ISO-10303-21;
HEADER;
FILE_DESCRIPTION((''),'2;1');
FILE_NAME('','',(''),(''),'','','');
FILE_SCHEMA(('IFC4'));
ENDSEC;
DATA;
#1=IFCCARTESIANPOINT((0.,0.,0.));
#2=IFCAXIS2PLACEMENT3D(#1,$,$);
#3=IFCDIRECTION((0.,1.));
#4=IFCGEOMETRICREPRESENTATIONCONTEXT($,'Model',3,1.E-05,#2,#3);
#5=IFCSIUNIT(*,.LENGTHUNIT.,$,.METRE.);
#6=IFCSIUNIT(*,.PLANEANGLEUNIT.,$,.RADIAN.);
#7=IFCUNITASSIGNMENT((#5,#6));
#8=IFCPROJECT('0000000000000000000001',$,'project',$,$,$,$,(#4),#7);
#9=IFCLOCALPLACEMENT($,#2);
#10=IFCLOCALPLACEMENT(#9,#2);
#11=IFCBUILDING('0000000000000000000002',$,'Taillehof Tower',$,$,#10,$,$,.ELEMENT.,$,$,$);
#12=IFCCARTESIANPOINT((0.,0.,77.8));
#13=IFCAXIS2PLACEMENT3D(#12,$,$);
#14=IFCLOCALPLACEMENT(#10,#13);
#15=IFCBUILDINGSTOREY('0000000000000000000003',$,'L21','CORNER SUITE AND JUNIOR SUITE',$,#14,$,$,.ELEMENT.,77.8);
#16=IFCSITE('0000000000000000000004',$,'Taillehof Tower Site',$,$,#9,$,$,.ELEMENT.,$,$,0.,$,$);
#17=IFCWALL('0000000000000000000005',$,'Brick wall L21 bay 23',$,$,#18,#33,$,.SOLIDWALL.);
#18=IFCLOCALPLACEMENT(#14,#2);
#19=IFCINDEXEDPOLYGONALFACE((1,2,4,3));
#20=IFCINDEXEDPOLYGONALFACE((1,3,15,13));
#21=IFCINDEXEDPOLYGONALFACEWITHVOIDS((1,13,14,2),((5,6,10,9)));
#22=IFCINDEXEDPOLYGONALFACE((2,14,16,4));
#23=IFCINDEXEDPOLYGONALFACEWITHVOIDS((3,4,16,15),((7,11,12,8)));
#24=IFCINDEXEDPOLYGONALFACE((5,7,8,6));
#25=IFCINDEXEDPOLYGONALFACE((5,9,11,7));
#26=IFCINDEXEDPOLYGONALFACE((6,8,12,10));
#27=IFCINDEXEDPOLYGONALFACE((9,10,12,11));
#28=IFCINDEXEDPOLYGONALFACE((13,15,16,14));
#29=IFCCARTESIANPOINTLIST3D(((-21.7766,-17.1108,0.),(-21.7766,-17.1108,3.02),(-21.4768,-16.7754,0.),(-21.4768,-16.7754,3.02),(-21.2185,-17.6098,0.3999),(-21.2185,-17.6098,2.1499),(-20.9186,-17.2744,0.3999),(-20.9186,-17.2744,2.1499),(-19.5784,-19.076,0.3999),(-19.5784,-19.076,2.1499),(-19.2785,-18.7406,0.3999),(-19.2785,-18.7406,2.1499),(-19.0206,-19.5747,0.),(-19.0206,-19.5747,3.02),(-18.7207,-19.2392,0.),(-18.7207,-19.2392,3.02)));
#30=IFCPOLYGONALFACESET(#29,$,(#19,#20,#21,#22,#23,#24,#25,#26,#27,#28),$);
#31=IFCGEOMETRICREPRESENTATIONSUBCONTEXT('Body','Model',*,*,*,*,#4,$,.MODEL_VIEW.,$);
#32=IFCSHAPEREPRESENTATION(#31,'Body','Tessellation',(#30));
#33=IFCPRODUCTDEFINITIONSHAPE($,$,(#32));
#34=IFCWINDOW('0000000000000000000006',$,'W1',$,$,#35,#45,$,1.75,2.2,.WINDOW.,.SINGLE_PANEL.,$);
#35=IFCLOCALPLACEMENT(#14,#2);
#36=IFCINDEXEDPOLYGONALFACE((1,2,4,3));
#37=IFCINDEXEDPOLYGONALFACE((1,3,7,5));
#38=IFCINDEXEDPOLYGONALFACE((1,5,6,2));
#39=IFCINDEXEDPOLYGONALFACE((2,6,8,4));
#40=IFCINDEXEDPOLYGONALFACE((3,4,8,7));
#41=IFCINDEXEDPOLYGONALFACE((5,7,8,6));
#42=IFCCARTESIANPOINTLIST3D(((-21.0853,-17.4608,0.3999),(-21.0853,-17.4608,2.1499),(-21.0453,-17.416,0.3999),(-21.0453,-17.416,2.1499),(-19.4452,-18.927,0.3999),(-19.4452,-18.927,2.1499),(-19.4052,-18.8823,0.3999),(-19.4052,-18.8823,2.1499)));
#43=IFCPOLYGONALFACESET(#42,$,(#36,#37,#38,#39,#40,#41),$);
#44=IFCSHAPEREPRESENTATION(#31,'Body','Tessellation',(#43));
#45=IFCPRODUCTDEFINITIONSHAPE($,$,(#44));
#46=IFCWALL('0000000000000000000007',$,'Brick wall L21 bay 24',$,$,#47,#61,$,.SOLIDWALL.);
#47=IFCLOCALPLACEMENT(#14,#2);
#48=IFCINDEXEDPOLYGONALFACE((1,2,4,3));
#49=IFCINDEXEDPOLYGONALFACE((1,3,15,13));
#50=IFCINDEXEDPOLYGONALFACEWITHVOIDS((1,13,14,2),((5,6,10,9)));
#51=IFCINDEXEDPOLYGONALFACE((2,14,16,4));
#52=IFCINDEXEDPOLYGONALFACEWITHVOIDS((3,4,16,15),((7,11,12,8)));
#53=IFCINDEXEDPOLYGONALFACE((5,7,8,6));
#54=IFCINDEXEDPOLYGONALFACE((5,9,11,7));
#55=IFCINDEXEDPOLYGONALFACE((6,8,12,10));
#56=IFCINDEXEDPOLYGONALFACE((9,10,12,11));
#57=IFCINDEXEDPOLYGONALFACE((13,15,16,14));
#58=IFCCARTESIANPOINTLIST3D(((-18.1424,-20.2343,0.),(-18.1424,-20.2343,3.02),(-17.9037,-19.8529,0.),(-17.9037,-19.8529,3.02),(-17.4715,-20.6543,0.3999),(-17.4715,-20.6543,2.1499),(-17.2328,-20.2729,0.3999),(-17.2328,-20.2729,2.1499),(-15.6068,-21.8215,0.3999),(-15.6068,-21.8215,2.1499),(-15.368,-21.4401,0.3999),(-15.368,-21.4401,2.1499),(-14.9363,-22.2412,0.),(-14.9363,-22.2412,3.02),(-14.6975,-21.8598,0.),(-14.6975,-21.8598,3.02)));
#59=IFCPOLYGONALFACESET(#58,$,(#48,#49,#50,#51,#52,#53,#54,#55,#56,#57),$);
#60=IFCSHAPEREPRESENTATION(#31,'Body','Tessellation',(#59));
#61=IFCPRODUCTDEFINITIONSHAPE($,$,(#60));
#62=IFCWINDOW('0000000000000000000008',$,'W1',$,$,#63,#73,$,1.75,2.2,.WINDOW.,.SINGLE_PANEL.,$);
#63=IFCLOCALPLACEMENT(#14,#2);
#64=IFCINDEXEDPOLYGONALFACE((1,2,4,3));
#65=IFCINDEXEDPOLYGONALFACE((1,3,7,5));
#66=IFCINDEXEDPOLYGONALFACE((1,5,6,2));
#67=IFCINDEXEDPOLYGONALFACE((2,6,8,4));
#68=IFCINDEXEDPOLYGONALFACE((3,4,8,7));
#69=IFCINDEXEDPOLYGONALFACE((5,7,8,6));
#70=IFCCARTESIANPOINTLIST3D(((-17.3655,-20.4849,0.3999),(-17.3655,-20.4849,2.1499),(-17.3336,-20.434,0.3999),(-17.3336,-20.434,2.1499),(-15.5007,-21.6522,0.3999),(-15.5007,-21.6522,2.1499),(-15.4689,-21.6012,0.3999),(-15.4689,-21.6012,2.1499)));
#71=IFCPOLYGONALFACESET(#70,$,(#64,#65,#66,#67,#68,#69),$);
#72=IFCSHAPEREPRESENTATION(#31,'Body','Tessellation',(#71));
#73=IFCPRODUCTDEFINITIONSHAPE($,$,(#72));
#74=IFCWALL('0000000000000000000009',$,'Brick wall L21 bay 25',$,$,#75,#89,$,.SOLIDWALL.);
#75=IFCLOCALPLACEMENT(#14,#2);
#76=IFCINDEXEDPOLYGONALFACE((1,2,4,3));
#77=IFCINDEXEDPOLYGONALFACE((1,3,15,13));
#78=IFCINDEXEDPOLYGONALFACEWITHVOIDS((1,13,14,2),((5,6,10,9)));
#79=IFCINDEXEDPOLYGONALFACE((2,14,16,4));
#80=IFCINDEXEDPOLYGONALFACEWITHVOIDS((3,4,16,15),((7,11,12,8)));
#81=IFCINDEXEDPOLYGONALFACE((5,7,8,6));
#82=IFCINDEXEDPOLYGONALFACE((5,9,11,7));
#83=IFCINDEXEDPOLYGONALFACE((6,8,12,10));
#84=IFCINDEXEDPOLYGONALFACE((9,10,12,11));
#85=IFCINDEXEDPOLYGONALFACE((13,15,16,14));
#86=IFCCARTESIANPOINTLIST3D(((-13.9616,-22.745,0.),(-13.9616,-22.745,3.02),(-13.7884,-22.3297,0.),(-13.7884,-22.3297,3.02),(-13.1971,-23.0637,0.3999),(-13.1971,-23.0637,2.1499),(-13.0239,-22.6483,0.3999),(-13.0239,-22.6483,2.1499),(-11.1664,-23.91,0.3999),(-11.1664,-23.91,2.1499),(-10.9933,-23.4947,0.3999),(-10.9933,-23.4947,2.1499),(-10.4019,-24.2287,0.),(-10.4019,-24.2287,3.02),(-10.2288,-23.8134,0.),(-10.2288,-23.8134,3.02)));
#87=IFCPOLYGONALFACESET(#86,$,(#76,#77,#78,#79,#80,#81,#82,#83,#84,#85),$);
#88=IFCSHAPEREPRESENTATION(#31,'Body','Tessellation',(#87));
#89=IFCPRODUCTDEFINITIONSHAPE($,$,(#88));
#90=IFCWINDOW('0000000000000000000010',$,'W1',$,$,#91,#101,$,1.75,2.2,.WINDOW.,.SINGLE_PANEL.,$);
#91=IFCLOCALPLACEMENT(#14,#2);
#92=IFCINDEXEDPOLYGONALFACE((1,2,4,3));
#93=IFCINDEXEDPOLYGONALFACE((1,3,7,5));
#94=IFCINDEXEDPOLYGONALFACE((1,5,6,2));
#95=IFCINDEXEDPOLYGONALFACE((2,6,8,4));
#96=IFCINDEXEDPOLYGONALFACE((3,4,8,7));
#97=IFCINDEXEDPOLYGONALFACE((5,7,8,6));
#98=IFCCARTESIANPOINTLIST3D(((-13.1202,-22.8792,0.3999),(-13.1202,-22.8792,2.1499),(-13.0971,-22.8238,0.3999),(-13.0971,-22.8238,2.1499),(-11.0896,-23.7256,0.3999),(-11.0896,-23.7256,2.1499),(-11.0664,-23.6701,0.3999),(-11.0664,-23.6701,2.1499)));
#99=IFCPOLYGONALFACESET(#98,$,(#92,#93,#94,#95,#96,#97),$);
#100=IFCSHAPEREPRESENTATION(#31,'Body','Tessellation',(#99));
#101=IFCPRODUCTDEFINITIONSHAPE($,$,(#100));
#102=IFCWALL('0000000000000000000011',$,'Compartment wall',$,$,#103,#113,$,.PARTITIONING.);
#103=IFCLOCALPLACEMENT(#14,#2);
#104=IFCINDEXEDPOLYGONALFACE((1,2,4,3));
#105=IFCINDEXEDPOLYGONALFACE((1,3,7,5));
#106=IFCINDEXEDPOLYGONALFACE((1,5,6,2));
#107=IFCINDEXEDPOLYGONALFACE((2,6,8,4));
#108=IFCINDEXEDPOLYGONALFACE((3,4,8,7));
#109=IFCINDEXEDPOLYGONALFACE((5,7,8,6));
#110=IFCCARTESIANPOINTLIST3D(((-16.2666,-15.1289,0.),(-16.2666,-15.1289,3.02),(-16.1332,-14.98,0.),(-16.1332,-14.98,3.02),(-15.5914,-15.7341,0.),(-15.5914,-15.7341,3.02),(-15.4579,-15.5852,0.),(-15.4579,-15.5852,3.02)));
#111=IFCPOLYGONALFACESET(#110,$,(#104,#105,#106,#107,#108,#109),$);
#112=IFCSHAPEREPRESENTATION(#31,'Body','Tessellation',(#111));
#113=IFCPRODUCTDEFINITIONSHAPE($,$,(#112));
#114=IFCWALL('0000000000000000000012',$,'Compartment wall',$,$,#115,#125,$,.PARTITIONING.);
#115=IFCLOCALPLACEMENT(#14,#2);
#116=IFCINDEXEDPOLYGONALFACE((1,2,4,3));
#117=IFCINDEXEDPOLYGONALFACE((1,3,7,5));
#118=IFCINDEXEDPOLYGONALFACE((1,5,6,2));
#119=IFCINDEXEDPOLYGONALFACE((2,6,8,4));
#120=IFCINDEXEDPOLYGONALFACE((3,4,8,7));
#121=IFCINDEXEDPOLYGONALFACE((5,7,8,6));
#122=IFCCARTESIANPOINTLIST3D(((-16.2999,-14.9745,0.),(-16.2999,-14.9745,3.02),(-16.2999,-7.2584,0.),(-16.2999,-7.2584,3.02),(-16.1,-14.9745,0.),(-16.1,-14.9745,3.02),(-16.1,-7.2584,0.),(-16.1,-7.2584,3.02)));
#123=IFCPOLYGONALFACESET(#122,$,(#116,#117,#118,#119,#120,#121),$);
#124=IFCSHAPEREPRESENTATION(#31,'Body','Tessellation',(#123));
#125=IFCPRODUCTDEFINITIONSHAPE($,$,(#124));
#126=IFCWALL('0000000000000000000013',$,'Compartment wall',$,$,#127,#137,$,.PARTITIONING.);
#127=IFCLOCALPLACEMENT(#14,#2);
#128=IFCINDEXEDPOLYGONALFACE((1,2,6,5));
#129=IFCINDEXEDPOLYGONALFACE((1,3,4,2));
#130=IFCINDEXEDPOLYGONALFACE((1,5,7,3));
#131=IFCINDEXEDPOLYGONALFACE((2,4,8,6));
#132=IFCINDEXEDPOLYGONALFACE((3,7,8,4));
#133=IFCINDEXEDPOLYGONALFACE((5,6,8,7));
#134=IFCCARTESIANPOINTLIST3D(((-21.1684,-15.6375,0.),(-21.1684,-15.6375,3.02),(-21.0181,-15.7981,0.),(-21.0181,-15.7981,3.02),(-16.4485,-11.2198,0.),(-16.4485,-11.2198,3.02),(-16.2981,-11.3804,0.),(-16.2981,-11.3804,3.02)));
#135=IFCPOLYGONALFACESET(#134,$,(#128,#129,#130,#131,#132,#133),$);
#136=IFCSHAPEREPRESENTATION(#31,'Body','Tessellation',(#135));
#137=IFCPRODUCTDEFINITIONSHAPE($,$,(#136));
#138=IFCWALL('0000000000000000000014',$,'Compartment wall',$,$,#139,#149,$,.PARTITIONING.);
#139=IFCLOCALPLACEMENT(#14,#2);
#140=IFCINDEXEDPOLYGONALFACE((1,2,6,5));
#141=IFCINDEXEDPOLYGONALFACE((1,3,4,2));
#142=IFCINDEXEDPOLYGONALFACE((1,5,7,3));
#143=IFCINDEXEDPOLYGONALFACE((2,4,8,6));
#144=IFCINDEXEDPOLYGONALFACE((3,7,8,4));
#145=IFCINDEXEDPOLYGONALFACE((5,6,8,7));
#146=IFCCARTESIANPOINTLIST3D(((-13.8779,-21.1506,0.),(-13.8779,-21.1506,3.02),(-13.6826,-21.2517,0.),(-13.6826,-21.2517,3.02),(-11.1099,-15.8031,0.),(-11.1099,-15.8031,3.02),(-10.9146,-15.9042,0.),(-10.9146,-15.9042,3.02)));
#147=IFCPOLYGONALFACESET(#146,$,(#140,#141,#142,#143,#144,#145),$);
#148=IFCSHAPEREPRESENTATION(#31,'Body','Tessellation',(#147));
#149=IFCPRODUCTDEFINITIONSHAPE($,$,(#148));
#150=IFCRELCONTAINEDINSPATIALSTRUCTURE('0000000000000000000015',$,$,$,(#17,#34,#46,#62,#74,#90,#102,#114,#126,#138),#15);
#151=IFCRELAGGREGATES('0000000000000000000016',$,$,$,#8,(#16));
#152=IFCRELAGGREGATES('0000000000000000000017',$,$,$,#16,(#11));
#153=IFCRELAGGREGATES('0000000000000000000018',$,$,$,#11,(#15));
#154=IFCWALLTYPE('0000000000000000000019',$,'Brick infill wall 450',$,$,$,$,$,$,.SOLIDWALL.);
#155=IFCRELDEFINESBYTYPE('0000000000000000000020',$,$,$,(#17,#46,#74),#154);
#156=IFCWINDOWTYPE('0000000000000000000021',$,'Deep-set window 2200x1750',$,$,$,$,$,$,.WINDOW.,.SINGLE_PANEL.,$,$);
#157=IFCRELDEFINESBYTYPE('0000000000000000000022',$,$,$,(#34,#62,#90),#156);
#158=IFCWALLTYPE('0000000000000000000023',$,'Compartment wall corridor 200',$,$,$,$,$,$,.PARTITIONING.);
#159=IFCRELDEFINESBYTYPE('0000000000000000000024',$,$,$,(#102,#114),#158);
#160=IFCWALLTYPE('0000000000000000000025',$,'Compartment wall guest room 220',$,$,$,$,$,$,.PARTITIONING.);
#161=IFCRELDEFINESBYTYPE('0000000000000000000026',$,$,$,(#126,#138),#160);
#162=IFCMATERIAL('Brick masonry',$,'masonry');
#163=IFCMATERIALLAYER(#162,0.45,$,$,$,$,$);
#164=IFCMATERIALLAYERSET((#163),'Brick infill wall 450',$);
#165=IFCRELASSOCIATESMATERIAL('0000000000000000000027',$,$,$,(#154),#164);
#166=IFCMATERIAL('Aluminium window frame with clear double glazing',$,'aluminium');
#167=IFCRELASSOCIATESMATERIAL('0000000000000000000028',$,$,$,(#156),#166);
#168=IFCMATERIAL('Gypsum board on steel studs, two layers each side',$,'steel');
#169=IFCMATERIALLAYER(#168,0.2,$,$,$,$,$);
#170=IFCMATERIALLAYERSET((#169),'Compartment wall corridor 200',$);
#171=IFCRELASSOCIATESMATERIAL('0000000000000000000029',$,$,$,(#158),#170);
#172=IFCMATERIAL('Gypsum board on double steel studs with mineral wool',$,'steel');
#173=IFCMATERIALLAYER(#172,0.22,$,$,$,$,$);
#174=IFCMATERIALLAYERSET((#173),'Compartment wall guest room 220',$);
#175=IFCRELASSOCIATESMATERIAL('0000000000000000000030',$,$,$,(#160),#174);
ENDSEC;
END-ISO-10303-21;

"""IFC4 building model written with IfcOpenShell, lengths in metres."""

from ifc_helpers import new_model, si_unit, direction, frame, frame_2d, origin, place, context, subcontext, project, spatial, rectangle, extrude, material, layer, layer_set, type_object, element, fill, save


model = new_model("IFC4")

# Units and contexts
model_context = context("Model", 3, precision=1e-05, world=origin(), true_north=direction((0.0, 1.0)))
body_context = subcontext(model_context, "Body", "Model", "MODEL_VIEW")
ifc_project = project(units=[si_unit("LENGTHUNIT", "METRE"), si_unit("PLANEANGLEUNIT", "RADIAN")], contexts=[model_context])

# Site, building, storey
site_placement = place(None, origin())
site = spatial("IfcSite", under=ifc_project, at=site_placement, Name="Taillehof Tower Site", CompositionType="ELEMENT", RefElevation=0.0)
building_placement = place(site_placement, origin())
building = spatial("IfcBuilding", under=site, at=building_placement, Name="Taillehof Tower", CompositionType="ELEMENT")
storey_placement = place(building_placement, frame((0.0, 0.0, 77.8)))
storey = spatial("IfcBuildingStorey", under=building, at=storey_placement, Name="L21", Description="CORNER SUITE AND JUNIOR SUITE", CompositionType="ELEMENT", Elevation=77.8)

# Walls, openings, windows
ifc_material_1 = material(Name="Brick masonry", Category="masonry")
ifc_layer_1 = layer(ifc_material_1, 0.45)
ifc_layer_set_1 = layer_set([ifc_layer_1], Name="Brick infill wall 450")
wall_type_1 = type_object("IfcWallType", Name="Brick infill wall 450", PredefinedType="SOLIDWALL", material=ifc_layer_set_1)
ifc_material_2 = material(Name="Aluminium window frame with clear double glazing", Category="aluminium")
window_type = type_object("IfcWindowType", Name="Deep-set window 2200x1750", PartitioningType="SINGLE_PANEL", PredefinedType="WINDOW", material=ifc_material_2)
wall_1_placement = place(storey_placement, frame((-21.6267, -16.9431, 0.0), z_axis=(0.0, 0.0, 1.0), x_axis=(0.745526, -0.666476, 0.0)))
wall_1 = element("IfcWall", 1, at=wall_1_placement, inside=storey, type_object=wall_type_1, Name="Brick wall L21 bay 23", PredefinedType="SOLIDWALL", context=body_context, shape_type="SweptSolid", body=[
    extrude(rectangle(XDim=3.6968, YDim=0.45, at=frame_2d((1.8484, 0.0))), origin(), (0.0, 0.0, 1.0), 3.02),
])
opening_1_placement = place(wall_1_placement, frame((0.7485, 0.0, 0.3999)))
opening_1 = element("IfcOpeningElement", 2, at=opening_1_placement, cuts=wall_1, PredefinedType="OPENING", context=body_context, shape_type="SweptSolid", body=[
    extrude(rectangle(XDim=2.2, YDim=1.75, at=frame_2d((1.1001, 0.875))), frame((0.0, 0.2349, 0.0), z_axis=(0.0, -1.0, 0.0), x_axis=(1.0, 0.0, 0.0)), (0.0, 0.0, 1.0), 0.47),
])
window_1_placement = place(opening_1_placement, origin())
window_1 = element("IfcWindow", 3, at=window_1_placement, inside=storey, type_object=window_type, Name="W1", OverallHeight=1.75, OverallWidth=2.2, PartitioningType="SINGLE_PANEL", PredefinedType="WINDOW", context=body_context, shape_type="SweptSolid", body=[
    extrude(rectangle(XDim=2.2, YDim=1.75, at=frame_2d((1.1001, 0.875))), frame((0.0, 0.0349, 0.0), z_axis=(0.0, -1.0, 0.0), x_axis=(1.0, 0.0, 0.0)), (0.0, 0.0, 1.0), 0.0601),
])
fill(opening_1, window_1)
wall_2_placement = place(storey_placement, frame((-18.0229, -20.0437, 0.0), z_axis=(0.0, 0.0, 1.0), x_axis=(0.847635, -0.530579, 0.0)))
wall_2 = element("IfcWall", 4, at=wall_2_placement, inside=storey, type_object=wall_type_1, Name="Brick wall L21 bay 24", PredefinedType="SOLIDWALL", context=body_context, shape_type="SweptSolid", body=[
    extrude(rectangle(XDim=3.7825, YDim=0.45, at=frame_2d((1.8911, 0.0))), origin(), (0.0, 0.0, 1.0), 3.02),
])
opening_2_placement = place(wall_2_placement, frame((0.7913, 0.0, 0.3999)))
opening_2 = element("IfcOpeningElement", 5, at=opening_2_placement, cuts=wall_2, PredefinedType="OPENING", context=body_context, shape_type="SweptSolid", body=[
    extrude(rectangle(XDim=2.2, YDim=1.75, at=frame_2d((1.1001, 0.875))), frame((0.0, 0.2349, 0.0), z_axis=(0.0, -1.0, 0.0), x_axis=(1.0, 0.0, 0.0)), (0.0, 0.0, 1.0), 0.47),
])
window_2_placement = place(opening_2_placement, origin())
window_2 = element("IfcWindow", 6, at=window_2_placement, inside=storey, type_object=window_type, Name="W1", OverallHeight=1.75, OverallWidth=2.2, PartitioningType="SINGLE_PANEL", PredefinedType="WINDOW", context=body_context, shape_type="SweptSolid", body=[
    extrude(rectangle(XDim=2.2, YDim=1.75, at=frame_2d((1.1001, 0.875))), frame((0.0, 0.0349, 0.0), z_axis=(0.0, -1.0, 0.0), x_axis=(1.0, 0.0, 0.0)), (0.0, 0.0, 1.0), 0.0601),
])
fill(opening_2, window_2)
wall_3_placement = place(storey_placement, frame((-13.875, -22.5374, 0.0), z_axis=(0.0, 0.0, 1.0), x_axis=(0.923032, -0.384723, 0.0)))
wall_3 = element("IfcWall", 7, at=wall_3_placement, inside=storey, type_object=wall_type_1, Name="Brick wall L21 bay 25", PredefinedType="SOLIDWALL", context=body_context, shape_type="SweptSolid", body=[
    extrude(rectangle(XDim=3.8564, YDim=0.45, at=frame_2d((1.9282, 0.0))), origin(), (0.0, 0.0, 1.0), 3.02),
])
opening_3_placement = place(wall_3_placement, frame((0.8281, 0.0, 0.3999)))
opening_3 = element("IfcOpeningElement", 8, at=opening_3_placement, cuts=wall_3, PredefinedType="OPENING", context=body_context, shape_type="SweptSolid", body=[
    extrude(rectangle(XDim=2.2, YDim=1.75, at=frame_2d((1.1001, 0.875))), frame((0.0, 0.2349, 0.0), z_axis=(0.0, -1.0, 0.0), x_axis=(1.0, 0.0, 0.0)), (0.0, 0.0, 1.0), 0.47),
])
window_3_placement = place(opening_3_placement, origin())
window_3 = element("IfcWindow", 9, at=window_3_placement, inside=storey, type_object=window_type, Name="W1", OverallHeight=1.75, OverallWidth=2.2, PartitioningType="SINGLE_PANEL", PredefinedType="WINDOW", context=body_context, shape_type="SweptSolid", body=[
    extrude(rectangle(XDim=2.2, YDim=1.75, at=frame_2d((1.1001, 0.875))), frame((0.0, 0.0349, 0.0), z_axis=(0.0, -1.0, 0.0), x_axis=(1.0, 0.0, 0.0)), (0.0, 0.0, 1.0), 0.0601),
])
fill(opening_3, window_3)

# Walls
ifc_material_3 = material(Name="Gypsum board on steel studs, two layers each side", Category="steel")
ifc_layer_2 = layer(ifc_material_3, 0.2)
ifc_layer_set_2 = layer_set([ifc_layer_2], Name="Compartment wall corridor 200")
wall_type_2 = type_object("IfcWallType", Name="Compartment wall corridor 200", PredefinedType="PARTITIONING", material=ifc_layer_set_2)
wall_4_placement = place(storey_placement, frame((-15.5247, -15.6597, 0.0), z_axis=(0.0, 0.0, 1.0), x_axis=(-0.744685, 0.667416, 0.0)))
element("IfcWall", 10, at=wall_4_placement, inside=storey, type_object=wall_type_2, Name="Compartment wall", PredefinedType="PARTITIONING", context=body_context, shape_type="SweptSolid", body=[
    extrude(rectangle(XDim=0.9067, YDim=0.2, at=frame_2d((0.4534, 0.0))), origin(), (0.0, 0.0, 1.0), 3.02),
])
wall_5_placement = place(storey_placement, frame((-16.2, -14.9744, 0.0), z_axis=(0.0, 0.0, 1.0), x_axis=(0.0, 1.0, 0.0)))
element("IfcWall", 11, at=wall_5_placement, inside=storey, type_object=wall_type_2, Name="Compartment wall", PredefinedType="PARTITIONING", context=body_context, shape_type="SweptSolid", body=[
    extrude(rectangle(XDim=7.7161, YDim=0.2, at=frame_2d((3.8579, 0.0))), origin(), (0.0, 0.0, 1.0), 3.02),
])
ifc_material_4 = material(Name="Gypsum board on double steel studs with mineral wool", Category="steel")
ifc_layer_3 = layer(ifc_material_4, 0.22)
ifc_layer_set_3 = layer_set([ifc_layer_3], Name="Compartment wall guest room 220")
wall_type_3 = type_object("IfcWallType", Name="Compartment wall guest room 220", PredefinedType="PARTITIONING", material=ifc_layer_set_3)
wall_6_placement = place(storey_placement, frame((-21.0933, -15.7178, 0.0), z_axis=(0.0, 0.0, 1.0), x_axis=(0.730096, 0.683344, 0.0)))
element("IfcWall", 12, at=wall_6_placement, inside=storey, type_object=wall_type_3, Name="Compartment wall", PredefinedType="PARTITIONING", context=body_context, shape_type="SweptSolid", body=[
    extrude(rectangle(XDim=6.4648, YDim=0.22, at=frame_2d((3.2324, 0.0))), origin(), (0.0, 0.0, 1.0), 3.02),
])
wall_7_placement = place(storey_placement, frame((-13.7803, -21.2012, 0.0), z_axis=(0.0, 0.0, 1.0), x_axis=(0.45969, 0.88808, 0.0)))
element("IfcWall", 13, at=wall_7_placement, inside=storey, type_object=wall_type_3, Name="Compartment wall", PredefinedType="PARTITIONING", context=body_context, shape_type="SweptSolid", body=[
    extrude(rectangle(XDim=6.0215, YDim=0.22, at=frame_2d((3.0107, 0.0))), origin(), (0.0, 0.0, 1.0), 3.02),
])

save(model, "model.ifc")
